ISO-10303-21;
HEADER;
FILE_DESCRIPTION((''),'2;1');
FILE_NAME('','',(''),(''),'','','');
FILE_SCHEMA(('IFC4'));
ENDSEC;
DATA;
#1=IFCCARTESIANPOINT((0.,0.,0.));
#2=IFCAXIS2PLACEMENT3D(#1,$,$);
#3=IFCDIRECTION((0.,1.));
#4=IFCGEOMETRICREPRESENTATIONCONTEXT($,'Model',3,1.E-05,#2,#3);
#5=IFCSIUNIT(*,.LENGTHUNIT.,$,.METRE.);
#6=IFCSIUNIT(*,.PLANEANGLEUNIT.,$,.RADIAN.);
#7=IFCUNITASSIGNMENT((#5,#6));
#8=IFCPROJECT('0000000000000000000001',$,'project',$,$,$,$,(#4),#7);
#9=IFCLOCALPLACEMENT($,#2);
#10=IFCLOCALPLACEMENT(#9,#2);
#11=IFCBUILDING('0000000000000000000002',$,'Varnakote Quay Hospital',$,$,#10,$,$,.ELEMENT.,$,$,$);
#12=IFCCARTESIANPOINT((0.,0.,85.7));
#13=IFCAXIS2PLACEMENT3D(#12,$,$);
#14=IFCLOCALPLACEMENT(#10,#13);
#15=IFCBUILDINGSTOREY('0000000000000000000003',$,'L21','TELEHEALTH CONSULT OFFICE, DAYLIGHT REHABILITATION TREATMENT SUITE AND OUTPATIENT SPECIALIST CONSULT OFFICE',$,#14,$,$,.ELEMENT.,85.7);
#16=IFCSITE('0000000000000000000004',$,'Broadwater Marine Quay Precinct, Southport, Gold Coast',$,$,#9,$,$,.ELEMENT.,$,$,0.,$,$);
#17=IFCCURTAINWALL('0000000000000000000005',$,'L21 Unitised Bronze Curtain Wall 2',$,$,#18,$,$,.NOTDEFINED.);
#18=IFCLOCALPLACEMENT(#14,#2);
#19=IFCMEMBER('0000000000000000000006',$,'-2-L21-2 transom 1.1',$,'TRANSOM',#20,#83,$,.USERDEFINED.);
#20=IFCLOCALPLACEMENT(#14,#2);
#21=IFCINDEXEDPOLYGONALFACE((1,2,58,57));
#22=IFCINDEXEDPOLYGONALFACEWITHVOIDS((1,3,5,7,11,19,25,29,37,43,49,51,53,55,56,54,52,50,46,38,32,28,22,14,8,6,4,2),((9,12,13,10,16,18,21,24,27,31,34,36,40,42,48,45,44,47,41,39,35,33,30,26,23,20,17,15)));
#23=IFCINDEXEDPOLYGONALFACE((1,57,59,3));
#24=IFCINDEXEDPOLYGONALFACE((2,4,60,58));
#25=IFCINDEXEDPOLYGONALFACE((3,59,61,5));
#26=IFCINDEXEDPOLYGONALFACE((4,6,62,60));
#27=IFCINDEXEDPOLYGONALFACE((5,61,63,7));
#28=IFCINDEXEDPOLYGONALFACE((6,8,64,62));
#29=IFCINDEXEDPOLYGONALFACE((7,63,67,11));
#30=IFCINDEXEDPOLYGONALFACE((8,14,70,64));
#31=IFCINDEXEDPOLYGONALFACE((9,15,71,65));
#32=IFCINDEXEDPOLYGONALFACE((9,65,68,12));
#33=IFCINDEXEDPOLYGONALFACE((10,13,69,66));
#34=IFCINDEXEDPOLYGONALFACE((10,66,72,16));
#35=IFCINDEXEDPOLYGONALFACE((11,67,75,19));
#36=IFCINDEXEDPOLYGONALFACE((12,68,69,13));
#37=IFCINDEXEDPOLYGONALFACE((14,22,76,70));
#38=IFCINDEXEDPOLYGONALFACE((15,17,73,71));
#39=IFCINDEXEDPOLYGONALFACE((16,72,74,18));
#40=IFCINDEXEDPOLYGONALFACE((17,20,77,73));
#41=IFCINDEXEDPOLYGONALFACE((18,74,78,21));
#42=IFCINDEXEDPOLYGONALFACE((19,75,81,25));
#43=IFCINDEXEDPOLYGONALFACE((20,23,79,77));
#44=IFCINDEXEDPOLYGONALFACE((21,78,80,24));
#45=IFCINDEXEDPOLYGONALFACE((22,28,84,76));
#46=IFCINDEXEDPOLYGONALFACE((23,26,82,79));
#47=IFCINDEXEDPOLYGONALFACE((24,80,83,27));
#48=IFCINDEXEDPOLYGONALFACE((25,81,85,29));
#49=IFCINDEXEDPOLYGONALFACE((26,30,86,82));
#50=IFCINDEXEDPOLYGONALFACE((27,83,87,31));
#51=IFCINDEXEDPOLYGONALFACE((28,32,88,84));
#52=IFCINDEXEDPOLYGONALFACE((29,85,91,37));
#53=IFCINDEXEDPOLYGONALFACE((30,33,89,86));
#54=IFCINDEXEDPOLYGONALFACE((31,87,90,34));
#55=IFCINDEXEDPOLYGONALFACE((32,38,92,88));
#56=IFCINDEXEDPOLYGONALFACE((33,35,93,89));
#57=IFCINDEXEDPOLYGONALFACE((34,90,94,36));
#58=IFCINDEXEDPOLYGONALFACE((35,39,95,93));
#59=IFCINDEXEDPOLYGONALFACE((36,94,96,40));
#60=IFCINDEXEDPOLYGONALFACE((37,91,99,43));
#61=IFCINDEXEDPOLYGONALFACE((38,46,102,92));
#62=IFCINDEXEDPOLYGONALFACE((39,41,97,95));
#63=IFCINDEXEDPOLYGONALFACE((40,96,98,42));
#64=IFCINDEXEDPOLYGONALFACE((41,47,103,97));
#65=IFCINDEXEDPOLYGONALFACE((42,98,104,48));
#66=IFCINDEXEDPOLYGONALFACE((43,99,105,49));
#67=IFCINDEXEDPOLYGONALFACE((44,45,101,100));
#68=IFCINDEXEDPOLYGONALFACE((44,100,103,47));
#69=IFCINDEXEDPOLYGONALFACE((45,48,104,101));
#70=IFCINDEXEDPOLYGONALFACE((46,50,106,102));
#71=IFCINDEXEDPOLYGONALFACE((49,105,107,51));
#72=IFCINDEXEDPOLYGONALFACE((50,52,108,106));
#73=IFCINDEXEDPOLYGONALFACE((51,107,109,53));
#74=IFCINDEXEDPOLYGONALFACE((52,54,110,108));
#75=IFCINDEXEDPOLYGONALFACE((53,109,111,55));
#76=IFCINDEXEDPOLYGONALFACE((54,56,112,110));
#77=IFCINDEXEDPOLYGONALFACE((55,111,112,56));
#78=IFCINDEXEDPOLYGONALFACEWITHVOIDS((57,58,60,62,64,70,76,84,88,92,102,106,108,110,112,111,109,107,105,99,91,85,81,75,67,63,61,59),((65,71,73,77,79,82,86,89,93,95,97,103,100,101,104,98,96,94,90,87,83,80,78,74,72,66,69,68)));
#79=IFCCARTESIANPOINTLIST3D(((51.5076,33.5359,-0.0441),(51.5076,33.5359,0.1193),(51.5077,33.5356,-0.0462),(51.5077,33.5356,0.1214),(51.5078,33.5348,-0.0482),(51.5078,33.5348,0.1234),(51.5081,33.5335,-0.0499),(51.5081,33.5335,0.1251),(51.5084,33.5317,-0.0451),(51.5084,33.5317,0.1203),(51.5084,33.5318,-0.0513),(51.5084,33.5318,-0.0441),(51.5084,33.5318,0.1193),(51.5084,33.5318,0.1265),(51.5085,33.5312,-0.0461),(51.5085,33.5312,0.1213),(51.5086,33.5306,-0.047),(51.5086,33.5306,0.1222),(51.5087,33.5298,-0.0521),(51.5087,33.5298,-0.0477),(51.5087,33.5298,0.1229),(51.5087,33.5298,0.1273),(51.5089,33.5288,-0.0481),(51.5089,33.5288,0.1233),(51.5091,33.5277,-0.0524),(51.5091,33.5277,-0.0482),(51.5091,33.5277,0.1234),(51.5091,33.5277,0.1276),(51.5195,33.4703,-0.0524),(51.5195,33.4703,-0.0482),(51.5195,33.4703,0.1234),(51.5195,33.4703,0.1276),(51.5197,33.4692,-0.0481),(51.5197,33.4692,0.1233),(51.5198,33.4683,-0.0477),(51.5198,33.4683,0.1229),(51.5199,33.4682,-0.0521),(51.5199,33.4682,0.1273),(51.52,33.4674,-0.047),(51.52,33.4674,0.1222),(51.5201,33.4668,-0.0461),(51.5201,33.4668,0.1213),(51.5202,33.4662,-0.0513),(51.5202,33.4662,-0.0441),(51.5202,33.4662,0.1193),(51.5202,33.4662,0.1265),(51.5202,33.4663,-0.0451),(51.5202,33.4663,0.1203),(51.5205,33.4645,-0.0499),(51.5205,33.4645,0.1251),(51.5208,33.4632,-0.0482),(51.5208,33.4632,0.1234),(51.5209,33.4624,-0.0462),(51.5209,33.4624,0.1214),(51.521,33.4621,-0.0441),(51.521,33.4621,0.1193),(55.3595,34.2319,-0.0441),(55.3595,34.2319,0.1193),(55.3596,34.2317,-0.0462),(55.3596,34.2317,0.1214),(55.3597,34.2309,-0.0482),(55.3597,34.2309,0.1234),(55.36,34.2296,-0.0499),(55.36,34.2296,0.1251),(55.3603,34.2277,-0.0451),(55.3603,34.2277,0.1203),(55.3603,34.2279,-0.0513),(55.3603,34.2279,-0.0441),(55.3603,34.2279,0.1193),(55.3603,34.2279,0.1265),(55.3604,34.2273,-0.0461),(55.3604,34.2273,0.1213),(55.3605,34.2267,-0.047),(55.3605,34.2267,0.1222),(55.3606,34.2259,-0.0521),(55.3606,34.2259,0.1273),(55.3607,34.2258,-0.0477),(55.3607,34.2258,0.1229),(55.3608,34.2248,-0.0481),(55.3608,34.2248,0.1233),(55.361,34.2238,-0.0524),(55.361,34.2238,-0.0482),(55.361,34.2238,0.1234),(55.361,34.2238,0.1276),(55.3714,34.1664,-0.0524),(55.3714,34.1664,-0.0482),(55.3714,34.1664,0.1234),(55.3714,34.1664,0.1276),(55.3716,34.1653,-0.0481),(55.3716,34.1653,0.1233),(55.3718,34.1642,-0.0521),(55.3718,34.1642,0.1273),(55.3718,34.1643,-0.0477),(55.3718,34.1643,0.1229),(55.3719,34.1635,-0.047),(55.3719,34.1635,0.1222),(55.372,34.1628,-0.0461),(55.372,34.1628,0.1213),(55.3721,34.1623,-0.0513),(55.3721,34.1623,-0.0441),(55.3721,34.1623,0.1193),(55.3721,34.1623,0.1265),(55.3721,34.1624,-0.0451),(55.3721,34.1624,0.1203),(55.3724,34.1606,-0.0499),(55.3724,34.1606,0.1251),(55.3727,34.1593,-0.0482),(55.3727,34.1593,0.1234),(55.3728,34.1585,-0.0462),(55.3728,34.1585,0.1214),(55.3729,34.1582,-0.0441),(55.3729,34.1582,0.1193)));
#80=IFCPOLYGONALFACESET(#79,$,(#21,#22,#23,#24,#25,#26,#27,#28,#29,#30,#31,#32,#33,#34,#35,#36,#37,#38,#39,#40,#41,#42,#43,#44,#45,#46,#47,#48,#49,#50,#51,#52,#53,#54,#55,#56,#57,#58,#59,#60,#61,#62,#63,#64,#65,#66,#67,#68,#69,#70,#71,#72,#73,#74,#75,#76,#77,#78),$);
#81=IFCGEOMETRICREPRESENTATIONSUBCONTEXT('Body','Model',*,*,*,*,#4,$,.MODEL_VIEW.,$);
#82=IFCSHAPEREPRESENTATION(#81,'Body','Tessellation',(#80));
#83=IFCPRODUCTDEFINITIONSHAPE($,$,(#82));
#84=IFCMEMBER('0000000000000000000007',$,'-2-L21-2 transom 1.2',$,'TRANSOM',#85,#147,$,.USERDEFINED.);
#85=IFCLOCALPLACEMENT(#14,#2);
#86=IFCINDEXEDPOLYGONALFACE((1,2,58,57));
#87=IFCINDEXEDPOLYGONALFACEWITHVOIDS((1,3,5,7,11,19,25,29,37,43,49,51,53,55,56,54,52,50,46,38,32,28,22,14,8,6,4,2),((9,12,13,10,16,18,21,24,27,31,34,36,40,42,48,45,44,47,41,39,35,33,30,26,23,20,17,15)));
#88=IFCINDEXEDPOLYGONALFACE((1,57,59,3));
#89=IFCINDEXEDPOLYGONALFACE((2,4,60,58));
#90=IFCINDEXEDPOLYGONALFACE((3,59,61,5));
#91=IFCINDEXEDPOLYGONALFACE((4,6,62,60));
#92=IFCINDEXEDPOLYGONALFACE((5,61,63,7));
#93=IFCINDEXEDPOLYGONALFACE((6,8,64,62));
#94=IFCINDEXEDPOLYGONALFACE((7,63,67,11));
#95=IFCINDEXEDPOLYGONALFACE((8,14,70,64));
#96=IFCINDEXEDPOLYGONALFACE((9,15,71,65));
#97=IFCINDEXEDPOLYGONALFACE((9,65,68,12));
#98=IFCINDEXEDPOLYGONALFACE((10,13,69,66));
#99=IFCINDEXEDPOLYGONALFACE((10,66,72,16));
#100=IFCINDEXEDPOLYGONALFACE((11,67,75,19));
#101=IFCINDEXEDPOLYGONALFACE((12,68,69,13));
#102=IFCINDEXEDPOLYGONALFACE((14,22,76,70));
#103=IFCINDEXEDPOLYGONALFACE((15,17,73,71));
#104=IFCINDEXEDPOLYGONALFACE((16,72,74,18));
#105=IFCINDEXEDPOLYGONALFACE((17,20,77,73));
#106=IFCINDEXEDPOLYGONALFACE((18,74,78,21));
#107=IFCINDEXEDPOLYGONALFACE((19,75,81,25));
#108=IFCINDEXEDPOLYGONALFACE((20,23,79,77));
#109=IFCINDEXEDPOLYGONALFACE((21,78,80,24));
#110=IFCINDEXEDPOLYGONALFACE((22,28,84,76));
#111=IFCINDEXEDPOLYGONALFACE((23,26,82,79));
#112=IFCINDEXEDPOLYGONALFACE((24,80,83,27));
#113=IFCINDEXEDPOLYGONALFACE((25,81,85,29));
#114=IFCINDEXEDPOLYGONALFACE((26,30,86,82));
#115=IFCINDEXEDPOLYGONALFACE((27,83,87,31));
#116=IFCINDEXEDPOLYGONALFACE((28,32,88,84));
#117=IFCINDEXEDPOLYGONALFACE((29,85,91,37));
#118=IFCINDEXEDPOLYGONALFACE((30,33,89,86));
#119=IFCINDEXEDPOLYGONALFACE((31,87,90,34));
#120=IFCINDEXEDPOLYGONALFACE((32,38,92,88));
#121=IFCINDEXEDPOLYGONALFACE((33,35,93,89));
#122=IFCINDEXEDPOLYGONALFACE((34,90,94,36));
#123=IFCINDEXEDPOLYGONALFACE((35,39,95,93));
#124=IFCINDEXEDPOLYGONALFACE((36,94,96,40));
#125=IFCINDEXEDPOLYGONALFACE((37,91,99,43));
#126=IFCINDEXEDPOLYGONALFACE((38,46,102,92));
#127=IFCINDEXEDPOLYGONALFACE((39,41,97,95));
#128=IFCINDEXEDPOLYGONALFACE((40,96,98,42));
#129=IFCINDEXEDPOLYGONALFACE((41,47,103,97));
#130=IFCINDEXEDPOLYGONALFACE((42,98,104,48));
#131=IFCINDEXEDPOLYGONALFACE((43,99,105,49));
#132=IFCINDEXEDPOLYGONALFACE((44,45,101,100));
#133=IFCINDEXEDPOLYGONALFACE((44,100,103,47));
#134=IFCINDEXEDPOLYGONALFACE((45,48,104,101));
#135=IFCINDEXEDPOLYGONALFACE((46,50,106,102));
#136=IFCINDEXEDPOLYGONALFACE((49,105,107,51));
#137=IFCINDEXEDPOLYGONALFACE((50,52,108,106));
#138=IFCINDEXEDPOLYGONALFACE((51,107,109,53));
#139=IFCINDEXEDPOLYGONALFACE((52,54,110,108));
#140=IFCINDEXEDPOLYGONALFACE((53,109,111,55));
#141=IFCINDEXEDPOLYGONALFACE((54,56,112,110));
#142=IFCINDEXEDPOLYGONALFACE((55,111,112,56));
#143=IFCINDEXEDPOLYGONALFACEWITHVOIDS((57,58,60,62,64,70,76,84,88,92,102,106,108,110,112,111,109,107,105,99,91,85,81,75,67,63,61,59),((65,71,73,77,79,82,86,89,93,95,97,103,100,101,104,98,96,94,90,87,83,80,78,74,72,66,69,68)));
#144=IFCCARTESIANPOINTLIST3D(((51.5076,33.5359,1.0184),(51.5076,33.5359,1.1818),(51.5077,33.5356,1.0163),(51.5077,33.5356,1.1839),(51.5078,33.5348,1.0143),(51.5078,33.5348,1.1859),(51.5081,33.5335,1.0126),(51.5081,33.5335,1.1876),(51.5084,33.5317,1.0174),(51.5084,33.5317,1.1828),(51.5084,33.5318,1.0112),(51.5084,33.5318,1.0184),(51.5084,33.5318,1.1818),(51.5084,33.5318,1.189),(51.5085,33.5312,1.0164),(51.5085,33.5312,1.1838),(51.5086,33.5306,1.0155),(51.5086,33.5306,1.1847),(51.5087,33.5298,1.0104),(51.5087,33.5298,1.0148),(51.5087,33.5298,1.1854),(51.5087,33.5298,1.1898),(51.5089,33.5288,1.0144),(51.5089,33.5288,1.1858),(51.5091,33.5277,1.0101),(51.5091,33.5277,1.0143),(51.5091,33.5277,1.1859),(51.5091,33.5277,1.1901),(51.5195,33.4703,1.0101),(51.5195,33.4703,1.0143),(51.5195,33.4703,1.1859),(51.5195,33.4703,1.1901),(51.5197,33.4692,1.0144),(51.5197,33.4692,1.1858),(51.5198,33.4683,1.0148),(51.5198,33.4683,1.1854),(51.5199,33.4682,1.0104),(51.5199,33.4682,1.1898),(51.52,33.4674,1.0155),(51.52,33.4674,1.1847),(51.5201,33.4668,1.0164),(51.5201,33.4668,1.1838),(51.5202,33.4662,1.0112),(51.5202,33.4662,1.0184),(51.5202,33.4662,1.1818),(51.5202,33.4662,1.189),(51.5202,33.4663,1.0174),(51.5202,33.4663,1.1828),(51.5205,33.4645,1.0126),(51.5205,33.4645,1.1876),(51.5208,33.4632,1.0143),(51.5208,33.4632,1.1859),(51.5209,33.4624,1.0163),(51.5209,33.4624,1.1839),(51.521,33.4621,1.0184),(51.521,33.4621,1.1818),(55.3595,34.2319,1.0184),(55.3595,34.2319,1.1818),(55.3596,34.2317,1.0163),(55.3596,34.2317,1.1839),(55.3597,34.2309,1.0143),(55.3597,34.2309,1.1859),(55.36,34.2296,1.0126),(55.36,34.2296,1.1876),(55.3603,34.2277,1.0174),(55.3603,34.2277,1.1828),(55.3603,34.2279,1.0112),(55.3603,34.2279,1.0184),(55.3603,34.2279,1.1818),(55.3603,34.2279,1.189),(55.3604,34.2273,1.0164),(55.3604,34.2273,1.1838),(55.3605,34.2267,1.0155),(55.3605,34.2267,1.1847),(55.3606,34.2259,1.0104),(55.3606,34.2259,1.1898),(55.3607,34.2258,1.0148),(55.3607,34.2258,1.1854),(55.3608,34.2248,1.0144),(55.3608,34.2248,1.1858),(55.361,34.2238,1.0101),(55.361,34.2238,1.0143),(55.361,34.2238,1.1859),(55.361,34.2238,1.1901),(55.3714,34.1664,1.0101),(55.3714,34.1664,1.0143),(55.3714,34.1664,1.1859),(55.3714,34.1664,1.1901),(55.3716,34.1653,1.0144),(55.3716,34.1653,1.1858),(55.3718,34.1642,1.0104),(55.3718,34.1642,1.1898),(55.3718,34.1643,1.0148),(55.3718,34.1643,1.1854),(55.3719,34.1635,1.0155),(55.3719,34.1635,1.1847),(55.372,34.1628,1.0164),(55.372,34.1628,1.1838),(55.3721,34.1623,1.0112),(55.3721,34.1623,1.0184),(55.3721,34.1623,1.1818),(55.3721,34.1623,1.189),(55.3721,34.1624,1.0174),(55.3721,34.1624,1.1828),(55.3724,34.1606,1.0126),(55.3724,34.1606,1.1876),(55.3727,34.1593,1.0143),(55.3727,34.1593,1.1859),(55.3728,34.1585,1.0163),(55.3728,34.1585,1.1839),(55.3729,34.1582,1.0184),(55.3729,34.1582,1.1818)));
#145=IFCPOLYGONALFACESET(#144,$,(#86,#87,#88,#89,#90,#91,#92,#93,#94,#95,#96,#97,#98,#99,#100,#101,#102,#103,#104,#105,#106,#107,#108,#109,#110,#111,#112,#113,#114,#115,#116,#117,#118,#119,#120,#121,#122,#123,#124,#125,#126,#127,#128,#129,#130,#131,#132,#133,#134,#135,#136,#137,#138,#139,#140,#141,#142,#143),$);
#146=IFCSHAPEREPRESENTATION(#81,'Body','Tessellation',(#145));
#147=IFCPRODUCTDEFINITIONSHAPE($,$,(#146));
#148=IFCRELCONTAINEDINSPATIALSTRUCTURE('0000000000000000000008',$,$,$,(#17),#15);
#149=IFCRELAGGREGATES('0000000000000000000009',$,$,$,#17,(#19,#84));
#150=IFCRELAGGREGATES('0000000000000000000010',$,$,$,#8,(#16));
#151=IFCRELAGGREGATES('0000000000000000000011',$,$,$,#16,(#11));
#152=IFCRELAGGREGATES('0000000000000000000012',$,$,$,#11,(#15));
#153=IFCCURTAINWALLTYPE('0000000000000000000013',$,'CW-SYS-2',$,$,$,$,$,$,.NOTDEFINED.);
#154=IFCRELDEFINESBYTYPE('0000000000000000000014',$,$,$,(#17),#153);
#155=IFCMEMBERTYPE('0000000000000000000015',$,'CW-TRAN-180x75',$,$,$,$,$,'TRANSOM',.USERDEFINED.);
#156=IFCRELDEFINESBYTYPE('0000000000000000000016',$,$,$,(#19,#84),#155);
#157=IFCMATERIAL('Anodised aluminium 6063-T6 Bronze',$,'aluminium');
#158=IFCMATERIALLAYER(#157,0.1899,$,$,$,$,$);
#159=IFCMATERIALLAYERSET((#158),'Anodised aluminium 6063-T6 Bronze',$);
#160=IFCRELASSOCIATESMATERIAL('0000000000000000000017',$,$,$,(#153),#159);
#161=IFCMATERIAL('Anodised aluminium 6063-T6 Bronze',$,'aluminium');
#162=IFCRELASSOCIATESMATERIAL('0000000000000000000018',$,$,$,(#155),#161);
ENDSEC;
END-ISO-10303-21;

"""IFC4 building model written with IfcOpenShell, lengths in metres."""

from ifc_helpers import new_model, si_unit, direction, frame, origin, origin_2d, place, context, subcontext, project, spatial, hollow_rectangle, extrude, material, layer, layer_set, material_profile, profile_set, type_object, element, aggregate, save


model = new_model("IFC4")

# Units and contexts
model_context = context("Model", 3, precision=1e-05, world=origin(), true_north=direction((0.0, 1.0)))
body_context = subcontext(model_context, "Body", "Model", "MODEL_VIEW")
ifc_project = project(units=[si_unit("LENGTHUNIT", "METRE"), si_unit("PLANEANGLEUNIT", "RADIAN")], contexts=[model_context])

# Site, building, storey
site_placement = place(None, origin())
site = spatial("IfcSite", under=ifc_project, at=site_placement, Name="Broadwater Marine Quay Precinct, Southport, Gold Coast", CompositionType="ELEMENT", RefElevation=0.0)
building_placement = place(site_placement, origin())
building = spatial("IfcBuilding", under=site, at=building_placement, Name="Varnakote Quay Hospital", CompositionType="ELEMENT")
storey_placement = place(building_placement, frame((0.0, 0.0, 85.7)))
storey = spatial("IfcBuildingStorey", under=building, at=storey_placement, Name="L21", Description="TELEHEALTH CONSULT OFFICE, DAYLIGHT REHABILITATION TREATMENT SUITE AND OUTPATIENT SPECIALIST CONSULT OFFICE", CompositionType="ELEMENT", Elevation=85.7)

# Shared definitions
ifc_material_1 = material(Name="Anodised aluminium 6063-T6 Bronze", Category="aluminium")
ifc_layer_1 = layer(ifc_material_1, 0.1899)
ifc_layer_set_1 = layer_set([ifc_layer_1], Name="Anodised aluminium 6063-T6 Bronze")
curtain_wall_type = type_object("IfcCurtainWallType", Name="CW-SYS-2", PredefinedType="NOTDEFINED", material=ifc_layer_set_1)

# Curtain wall
curtain_wall_1_placement = place(storey_placement, origin())
curtain_wall_1 = element("IfcCurtainWall", 1, at=curtain_wall_1_placement, inside=storey, type_object=curtain_wall_type, Name="L21 Unitised Bronze Curtain Wall 2", PredefinedType="NOTDEFINED")

# Members
ifc_material_2 = material(Name="Anodised aluminium 6063-T6 Bronze", Category="aluminium")
ifc_material_profile_1 = material_profile(ifc_material_2, hollow_rectangle(XDim=0.075, YDim=0.1799, WallThickness=0.0042, InnerFilletRadius=0.0042, OuterFilletRadius=0.0083, at=origin_2d()), Name="CW-TRAN-180x75")
ifc_profile_set_1 = profile_set([ifc_material_profile_1], Name="Anodised aluminium 6063-T6 Bronze")
member_type_1 = type_object("IfcMemberType", Name="CW-TRAN-180x75", ElementType="TRANSOM", PredefinedType="USERDEFINED", material=ifc_profile_set_1)
member_1_placement = place(storey_placement, frame((55.3662, 34.1951, 0.0376), z_axis=(-0.984062, -0.177826, 0.0), x_axis=(0.177826, -0.984062, 0.0)))
member_1 = element("IfcMember", 2, at=member_1_placement, type_object=member_type_1, Name="-2-L21-2 transom 1.1", ObjectType="TRANSOM", PredefinedType="USERDEFINED", context=body_context, shape_type="SweptSolid", body=[
    extrude(hollow_rectangle(XDim=0.075, YDim=0.1799, WallThickness=0.0042, InnerFilletRadius=0.0042, OuterFilletRadius=0.0083, at=origin_2d()), origin(), (0.0, 0.0, 1.0), 3.9143),
])
member_2_placement = place(storey_placement, frame((55.3662, 34.1951, 1.1001), z_axis=(-0.984062, -0.177826, 0.0), x_axis=(0.177826, -0.984062, 0.0)))
member_2 = element("IfcMember", 3, at=member_2_placement, type_object=member_type_1, Name="-2-L21-2 transom 1.2", ObjectType="TRANSOM", PredefinedType="USERDEFINED", context=body_context, shape_type="SweptSolid", body=[
    extrude(hollow_rectangle(XDim=0.075, YDim=0.1799, WallThickness=0.0042, InnerFilletRadius=0.0042, OuterFilletRadius=0.0083, at=origin_2d()), origin(), (0.0, 0.0, 1.0), 3.9143),
])

aggregate(curtain_wall_1, [member_1, member_2])

save(model, "model.ifc")
